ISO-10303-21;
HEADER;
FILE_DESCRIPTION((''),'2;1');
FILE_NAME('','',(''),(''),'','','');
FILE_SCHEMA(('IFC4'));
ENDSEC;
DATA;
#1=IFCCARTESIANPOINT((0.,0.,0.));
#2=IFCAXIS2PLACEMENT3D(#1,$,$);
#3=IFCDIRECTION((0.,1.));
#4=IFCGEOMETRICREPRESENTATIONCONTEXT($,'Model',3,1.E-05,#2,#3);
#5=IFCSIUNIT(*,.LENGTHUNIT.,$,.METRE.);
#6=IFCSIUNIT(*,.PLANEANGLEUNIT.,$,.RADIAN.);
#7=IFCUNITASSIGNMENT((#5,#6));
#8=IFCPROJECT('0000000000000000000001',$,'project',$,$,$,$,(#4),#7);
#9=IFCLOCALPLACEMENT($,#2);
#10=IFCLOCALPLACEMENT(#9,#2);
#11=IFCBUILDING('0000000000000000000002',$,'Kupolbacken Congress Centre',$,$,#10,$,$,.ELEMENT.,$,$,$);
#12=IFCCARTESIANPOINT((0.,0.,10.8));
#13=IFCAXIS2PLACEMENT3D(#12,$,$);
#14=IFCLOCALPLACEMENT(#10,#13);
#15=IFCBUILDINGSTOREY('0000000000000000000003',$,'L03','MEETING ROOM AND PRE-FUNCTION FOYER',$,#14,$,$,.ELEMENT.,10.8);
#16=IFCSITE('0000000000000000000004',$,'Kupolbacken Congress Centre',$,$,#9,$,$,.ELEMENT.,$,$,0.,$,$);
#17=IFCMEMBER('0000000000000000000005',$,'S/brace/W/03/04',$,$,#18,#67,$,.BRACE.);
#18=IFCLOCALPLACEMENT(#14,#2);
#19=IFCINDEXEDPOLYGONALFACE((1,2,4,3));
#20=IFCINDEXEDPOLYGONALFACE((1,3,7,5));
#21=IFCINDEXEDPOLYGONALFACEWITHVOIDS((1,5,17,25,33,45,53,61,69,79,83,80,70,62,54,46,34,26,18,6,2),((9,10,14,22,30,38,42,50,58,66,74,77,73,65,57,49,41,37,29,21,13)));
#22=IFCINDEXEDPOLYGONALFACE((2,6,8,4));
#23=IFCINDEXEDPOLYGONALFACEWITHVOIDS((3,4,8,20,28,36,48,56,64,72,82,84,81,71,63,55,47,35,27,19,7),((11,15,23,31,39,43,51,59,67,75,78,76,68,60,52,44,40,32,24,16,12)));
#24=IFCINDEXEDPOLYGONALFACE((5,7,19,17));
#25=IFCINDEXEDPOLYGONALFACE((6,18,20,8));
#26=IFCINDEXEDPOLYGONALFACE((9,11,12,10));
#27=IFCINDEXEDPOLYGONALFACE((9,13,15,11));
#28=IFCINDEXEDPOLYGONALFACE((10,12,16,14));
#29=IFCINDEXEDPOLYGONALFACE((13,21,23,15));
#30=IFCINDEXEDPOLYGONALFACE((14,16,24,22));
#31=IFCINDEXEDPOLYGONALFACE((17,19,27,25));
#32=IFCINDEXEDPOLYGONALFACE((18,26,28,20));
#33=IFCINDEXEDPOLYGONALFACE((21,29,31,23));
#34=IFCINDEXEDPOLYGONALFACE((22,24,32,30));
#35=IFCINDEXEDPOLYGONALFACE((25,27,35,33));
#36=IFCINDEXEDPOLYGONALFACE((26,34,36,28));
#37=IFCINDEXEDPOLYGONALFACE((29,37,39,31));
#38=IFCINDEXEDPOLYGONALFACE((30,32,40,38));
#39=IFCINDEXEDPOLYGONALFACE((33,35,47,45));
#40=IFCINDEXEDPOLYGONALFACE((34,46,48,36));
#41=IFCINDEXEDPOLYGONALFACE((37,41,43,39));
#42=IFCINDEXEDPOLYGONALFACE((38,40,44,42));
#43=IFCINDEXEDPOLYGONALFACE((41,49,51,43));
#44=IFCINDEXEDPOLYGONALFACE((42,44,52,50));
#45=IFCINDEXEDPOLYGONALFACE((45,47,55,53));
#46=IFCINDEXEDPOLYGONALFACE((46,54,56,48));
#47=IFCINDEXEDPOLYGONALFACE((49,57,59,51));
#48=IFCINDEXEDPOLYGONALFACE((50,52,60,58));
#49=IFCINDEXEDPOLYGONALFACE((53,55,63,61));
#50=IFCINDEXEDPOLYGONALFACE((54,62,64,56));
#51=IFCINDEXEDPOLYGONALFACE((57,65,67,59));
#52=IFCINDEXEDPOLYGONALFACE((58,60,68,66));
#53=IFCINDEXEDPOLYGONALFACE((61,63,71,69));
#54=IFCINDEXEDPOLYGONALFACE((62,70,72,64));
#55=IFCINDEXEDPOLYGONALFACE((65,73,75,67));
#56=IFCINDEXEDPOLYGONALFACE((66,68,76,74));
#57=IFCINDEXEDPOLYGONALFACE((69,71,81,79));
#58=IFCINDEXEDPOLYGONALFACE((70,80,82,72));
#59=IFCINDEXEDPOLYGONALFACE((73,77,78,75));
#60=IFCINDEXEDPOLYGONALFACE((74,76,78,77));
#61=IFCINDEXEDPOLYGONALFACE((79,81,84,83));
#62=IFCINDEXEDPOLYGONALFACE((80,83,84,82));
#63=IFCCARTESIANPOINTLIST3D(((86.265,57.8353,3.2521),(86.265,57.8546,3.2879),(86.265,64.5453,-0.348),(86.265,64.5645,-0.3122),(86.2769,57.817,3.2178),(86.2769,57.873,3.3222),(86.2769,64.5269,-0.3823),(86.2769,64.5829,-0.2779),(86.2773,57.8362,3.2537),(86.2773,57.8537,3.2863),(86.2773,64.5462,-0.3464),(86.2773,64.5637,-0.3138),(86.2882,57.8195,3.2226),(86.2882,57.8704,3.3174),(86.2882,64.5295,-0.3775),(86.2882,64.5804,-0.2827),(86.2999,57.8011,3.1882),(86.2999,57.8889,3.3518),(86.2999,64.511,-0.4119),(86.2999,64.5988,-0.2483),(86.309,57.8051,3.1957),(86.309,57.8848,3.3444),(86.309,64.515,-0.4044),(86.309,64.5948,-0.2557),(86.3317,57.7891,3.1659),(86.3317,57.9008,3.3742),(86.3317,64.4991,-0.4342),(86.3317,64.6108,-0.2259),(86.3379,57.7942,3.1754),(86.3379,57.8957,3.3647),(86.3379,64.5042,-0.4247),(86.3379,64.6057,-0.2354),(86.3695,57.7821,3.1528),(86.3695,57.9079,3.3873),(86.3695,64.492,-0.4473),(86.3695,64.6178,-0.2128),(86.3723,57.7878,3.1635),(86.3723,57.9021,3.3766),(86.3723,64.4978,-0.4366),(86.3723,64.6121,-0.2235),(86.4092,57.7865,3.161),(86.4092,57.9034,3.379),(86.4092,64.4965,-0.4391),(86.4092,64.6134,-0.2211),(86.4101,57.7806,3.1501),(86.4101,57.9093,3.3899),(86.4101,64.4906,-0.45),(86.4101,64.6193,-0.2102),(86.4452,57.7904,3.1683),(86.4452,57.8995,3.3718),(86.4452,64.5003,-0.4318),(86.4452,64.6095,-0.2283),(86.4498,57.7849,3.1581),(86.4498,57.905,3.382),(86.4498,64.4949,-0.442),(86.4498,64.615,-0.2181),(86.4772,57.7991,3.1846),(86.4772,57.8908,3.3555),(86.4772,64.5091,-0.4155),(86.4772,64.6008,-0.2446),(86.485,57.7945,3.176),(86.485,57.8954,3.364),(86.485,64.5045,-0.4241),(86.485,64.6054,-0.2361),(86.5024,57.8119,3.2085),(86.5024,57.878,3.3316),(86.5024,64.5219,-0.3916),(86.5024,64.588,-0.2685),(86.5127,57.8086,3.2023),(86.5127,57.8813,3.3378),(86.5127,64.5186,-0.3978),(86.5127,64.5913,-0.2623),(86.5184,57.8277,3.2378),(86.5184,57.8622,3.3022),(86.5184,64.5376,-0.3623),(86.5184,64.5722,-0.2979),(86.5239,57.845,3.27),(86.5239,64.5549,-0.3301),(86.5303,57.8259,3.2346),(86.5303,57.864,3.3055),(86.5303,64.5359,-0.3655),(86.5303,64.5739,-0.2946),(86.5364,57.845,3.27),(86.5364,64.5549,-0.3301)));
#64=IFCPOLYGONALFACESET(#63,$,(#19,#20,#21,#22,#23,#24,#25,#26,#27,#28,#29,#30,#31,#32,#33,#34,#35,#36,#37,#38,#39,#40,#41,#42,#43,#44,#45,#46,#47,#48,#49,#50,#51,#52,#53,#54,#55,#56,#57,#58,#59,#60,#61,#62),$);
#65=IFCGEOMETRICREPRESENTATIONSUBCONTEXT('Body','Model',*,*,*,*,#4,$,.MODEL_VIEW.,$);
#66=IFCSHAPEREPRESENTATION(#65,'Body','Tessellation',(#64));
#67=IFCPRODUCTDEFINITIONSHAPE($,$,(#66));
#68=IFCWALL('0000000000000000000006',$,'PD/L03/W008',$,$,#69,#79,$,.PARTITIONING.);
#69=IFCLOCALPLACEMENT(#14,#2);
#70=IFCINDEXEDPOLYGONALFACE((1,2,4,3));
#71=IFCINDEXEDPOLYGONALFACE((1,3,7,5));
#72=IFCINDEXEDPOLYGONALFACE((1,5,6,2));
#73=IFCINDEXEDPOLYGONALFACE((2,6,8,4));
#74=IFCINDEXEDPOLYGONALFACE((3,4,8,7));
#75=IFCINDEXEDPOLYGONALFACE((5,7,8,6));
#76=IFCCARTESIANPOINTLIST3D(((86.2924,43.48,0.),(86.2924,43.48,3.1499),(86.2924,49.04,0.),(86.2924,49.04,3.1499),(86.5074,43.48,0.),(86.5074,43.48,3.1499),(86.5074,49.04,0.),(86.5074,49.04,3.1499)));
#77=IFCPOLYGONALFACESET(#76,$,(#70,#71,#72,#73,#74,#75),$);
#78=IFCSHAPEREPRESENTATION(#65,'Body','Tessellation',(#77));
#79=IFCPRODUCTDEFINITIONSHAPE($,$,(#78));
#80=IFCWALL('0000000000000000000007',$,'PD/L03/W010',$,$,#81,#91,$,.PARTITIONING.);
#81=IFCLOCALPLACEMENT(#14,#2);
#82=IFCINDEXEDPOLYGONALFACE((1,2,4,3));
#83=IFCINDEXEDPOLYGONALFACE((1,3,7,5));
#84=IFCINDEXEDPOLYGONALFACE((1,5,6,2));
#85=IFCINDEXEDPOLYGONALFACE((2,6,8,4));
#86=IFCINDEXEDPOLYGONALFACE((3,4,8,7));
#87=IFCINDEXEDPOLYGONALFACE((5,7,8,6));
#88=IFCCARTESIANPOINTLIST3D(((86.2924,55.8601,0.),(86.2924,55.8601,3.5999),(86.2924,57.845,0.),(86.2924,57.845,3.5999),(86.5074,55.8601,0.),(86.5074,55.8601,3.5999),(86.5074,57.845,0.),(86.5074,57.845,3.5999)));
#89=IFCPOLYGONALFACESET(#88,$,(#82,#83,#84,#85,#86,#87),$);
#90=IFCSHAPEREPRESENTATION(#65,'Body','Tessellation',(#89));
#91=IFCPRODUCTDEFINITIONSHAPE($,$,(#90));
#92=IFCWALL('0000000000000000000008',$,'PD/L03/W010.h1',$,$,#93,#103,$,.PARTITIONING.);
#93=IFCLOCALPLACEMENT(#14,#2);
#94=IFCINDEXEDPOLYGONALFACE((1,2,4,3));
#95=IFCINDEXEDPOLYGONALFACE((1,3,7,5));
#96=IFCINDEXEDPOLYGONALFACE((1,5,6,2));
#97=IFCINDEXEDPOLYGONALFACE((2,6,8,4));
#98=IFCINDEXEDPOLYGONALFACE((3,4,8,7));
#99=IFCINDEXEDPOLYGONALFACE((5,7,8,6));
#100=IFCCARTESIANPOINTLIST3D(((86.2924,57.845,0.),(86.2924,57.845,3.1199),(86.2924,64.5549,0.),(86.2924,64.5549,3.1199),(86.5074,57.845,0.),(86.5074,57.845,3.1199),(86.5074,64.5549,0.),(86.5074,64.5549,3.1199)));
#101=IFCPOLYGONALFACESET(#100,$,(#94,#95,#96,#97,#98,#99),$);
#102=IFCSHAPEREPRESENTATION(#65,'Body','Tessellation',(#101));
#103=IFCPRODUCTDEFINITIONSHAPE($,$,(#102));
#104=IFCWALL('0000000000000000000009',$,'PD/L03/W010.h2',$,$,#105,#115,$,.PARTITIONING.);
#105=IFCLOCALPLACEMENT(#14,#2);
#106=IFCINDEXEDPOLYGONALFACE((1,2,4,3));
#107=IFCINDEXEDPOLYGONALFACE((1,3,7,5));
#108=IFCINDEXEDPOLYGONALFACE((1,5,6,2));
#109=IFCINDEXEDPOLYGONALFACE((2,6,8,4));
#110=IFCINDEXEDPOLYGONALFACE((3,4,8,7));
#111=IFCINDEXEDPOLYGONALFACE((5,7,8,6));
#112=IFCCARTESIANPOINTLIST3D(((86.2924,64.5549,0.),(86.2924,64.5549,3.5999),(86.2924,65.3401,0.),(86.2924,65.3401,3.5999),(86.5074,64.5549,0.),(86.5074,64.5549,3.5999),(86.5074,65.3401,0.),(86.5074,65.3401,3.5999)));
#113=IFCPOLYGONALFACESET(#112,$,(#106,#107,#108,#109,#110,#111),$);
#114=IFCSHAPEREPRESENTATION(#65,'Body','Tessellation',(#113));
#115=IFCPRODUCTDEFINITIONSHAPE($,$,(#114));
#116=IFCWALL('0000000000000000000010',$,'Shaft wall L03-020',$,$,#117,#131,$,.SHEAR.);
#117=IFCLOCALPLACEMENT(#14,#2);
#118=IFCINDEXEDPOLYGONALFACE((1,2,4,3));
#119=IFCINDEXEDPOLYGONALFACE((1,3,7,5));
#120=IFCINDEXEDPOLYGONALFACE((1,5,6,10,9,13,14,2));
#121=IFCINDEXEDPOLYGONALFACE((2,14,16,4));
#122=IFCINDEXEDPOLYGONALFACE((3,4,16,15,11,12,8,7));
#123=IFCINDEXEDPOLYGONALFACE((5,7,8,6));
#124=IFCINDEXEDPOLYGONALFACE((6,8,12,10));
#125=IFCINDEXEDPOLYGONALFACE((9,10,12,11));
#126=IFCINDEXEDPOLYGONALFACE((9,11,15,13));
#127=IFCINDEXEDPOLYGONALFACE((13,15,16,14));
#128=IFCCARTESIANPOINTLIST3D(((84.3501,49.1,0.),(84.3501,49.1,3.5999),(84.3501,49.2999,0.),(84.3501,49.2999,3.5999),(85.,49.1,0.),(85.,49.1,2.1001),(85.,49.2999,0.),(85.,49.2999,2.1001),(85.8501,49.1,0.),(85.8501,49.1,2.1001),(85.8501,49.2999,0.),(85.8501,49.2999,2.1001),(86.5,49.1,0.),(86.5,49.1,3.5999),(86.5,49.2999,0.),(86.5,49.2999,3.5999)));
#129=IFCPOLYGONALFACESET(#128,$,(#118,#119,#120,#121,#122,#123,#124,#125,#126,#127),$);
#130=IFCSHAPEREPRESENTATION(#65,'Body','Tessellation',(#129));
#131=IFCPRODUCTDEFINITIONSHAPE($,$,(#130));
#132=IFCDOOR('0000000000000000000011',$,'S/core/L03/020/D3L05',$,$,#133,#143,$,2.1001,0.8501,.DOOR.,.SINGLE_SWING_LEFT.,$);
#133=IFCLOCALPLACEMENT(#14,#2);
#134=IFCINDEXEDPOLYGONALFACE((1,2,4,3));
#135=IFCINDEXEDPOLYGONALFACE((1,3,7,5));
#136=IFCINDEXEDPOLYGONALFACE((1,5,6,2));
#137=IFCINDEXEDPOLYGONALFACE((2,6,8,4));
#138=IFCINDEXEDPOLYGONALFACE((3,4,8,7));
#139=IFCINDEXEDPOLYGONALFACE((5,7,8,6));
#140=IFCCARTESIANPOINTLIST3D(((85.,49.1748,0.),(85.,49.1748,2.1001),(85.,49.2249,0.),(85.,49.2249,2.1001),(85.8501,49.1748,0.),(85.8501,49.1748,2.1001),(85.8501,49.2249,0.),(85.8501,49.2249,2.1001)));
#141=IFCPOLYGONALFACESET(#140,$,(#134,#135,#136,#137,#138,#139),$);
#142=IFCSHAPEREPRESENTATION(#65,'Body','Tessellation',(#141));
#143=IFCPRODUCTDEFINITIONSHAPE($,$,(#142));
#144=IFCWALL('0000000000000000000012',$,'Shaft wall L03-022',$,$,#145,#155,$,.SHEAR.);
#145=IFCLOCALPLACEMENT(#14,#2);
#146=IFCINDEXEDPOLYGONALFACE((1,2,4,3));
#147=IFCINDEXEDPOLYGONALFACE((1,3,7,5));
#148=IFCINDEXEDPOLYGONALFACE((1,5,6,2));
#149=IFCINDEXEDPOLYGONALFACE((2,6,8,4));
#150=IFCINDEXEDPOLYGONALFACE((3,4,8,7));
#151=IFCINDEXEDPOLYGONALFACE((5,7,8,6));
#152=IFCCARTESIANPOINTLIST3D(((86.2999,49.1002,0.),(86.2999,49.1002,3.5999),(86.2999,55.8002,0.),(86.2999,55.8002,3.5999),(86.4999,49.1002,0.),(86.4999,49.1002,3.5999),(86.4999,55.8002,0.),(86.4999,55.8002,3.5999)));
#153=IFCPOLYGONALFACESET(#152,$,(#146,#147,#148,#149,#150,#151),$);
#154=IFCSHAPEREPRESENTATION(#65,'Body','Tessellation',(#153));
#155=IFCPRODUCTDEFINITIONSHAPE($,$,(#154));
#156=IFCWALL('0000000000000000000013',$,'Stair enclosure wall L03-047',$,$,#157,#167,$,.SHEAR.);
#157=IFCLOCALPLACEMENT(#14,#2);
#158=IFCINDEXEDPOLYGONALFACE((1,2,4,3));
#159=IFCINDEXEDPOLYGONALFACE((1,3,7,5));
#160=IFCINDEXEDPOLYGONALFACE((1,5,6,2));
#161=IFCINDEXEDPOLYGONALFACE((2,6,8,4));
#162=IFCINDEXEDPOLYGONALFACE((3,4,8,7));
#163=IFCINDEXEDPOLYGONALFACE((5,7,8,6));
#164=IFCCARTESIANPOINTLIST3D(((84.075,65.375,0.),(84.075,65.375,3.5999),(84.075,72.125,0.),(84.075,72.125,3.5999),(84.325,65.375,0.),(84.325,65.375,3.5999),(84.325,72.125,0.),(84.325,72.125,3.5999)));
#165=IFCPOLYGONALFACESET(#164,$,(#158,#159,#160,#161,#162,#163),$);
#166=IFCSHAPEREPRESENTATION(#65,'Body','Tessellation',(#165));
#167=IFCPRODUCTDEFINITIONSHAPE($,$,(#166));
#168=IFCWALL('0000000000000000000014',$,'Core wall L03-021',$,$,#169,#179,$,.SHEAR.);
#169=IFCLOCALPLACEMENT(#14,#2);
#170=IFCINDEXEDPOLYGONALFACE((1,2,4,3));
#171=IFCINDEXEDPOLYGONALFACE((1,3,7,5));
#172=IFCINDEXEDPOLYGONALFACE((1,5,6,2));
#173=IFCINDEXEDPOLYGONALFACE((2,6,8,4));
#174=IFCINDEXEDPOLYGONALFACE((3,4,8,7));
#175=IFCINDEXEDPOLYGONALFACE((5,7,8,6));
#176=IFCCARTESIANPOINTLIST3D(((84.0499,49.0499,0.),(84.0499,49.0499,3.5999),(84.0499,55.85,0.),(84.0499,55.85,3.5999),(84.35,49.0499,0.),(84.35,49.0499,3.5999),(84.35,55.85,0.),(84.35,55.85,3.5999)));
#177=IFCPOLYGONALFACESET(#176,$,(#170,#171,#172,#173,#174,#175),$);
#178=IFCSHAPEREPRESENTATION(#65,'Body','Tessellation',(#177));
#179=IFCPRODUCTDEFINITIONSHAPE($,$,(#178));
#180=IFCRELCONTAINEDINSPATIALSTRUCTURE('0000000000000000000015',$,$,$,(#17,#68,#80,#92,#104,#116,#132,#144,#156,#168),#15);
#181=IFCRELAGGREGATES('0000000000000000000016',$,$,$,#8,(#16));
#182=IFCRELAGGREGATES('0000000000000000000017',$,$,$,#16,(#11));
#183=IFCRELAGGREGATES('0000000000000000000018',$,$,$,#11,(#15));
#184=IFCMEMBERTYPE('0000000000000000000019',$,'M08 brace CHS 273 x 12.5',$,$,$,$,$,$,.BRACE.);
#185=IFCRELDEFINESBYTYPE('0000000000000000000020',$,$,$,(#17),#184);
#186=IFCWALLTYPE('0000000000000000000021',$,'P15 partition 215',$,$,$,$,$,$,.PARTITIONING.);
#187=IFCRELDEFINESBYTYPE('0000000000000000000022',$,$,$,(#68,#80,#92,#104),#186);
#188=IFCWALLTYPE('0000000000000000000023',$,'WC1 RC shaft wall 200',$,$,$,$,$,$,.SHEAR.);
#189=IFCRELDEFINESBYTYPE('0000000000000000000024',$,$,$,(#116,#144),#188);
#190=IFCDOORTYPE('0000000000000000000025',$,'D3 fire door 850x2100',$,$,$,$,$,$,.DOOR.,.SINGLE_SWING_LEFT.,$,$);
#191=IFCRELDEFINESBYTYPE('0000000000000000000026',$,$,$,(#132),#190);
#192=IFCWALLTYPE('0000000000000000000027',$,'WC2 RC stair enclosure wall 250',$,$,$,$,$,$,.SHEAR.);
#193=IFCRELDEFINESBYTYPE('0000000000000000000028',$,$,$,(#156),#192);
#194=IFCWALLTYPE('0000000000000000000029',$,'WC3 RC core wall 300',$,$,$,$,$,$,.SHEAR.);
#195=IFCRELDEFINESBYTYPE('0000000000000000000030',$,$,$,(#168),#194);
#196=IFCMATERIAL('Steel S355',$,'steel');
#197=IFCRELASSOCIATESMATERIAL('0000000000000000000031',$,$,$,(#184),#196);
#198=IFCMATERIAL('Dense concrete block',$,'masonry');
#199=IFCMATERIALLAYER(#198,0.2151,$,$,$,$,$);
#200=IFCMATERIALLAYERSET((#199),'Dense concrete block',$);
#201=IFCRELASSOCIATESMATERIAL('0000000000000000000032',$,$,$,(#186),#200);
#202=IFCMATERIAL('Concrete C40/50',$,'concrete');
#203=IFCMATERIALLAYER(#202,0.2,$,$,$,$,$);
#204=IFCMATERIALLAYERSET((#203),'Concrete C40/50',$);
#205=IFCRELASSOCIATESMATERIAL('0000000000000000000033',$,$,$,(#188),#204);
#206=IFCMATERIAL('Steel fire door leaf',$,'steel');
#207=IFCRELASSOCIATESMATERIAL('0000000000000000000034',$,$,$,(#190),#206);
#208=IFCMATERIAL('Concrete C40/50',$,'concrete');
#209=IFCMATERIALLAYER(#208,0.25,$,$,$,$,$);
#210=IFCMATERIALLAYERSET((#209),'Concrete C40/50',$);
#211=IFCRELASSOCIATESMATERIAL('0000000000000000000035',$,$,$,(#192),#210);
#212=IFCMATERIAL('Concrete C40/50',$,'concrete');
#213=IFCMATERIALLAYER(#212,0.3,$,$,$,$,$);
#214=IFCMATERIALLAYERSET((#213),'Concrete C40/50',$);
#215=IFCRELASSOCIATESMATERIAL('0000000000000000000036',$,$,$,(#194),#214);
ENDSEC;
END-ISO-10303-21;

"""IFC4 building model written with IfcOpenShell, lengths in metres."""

from ifc_helpers import new_model, si_unit, direction, frame, frame_2d, origin, origin_2d, place, context, subcontext, project, spatial, rectangle, hollow_circle, extrude, material, layer, layer_set, material_profile, profile_set, type_object, element, fill, save


model = new_model("IFC4")

# Units and contexts
model_context = context("Model", 3, precision=1e-05, world=origin(), true_north=direction((0.0, 1.0)))
body_context = subcontext(model_context, "Body", "Model", "MODEL_VIEW")
ifc_project = project(units=[si_unit("LENGTHUNIT", "METRE"), si_unit("PLANEANGLEUNIT", "RADIAN")], contexts=[model_context])

# Site, building, storey
site_placement = place(None, origin())
site = spatial("IfcSite", under=ifc_project, at=site_placement, Name="Kupolbacken Congress Centre", CompositionType="ELEMENT", RefElevation=0.0)
building_placement = place(site_placement, origin())
building = spatial("IfcBuilding", under=site, at=building_placement, Name="Kupolbacken Congress Centre", CompositionType="ELEMENT")
storey_placement = place(building_placement, frame((0.0, 0.0, 10.8)))
storey = spatial("IfcBuildingStorey", under=building, at=storey_placement, Name="L03", Description="MEETING ROOM AND PRE-FUNCTION FOYER", CompositionType="ELEMENT", Elevation=10.8)

# Member
ifc_material_1 = material(Name="Steel S355", Category="steel")
ifc_material_profile_1 = material_profile(ifc_material_1, hollow_circle(Radius=0.1365, WallThickness=0.0125, at=origin_2d()), Name="CHS 273 x 12.5")
ifc_profile_set_1 = profile_set([ifc_material_profile_1], Name="Steel S355")
member_type = type_object("IfcMemberType", Name="M08 brace CHS 273 x 12.5", PredefinedType="BRACE", material=ifc_profile_set_1)
member_placement = place(storey_placement, frame((86.3999, 64.5549, -0.3301), z_axis=(0.0, -0.88118, 0.47278), x_axis=(1.0, 0.0, 0.0)))
element("IfcMember", 1, at=member_placement, inside=storey, type_object=member_type, Name="S/brace/W/03/04", PredefinedType="BRACE", context=body_context, shape_type="SweptSolid", body=[
    extrude(hollow_circle(Radius=0.1365, WallThickness=0.0125, at=origin_2d()), origin(), (0.0, 0.0, 1.0), 7.6147),
])

# Walls
ifc_material_2 = material(Name="Dense concrete block", Category="masonry")
ifc_layer_1 = layer(ifc_material_2, 0.2151)
ifc_layer_set_1 = layer_set([ifc_layer_1], Name="Dense concrete block")
wall_type_1 = type_object("IfcWallType", Name="P15 partition 215", PredefinedType="PARTITIONING", material=ifc_layer_set_1)
wall_1_placement = place(storey_placement, frame((86.3999, 43.48, 0.0), z_axis=(0.0, 0.0, 1.0), x_axis=(0.0, 1.0, 0.0)))
element("IfcWall", 2, at=wall_1_placement, inside=storey, type_object=wall_type_1, Name="PD/L03/W008", PredefinedType="PARTITIONING", context=body_context, shape_type="SweptSolid", body=[
    extrude(rectangle(XDim=5.5601, YDim=0.2151, at=frame_2d((2.78, 0.0))), origin(), (0.0, 0.0, 1.0), 3.1499),
])
wall_2_placement = place(storey_placement, frame((86.3999, 55.8601, 0.0), z_axis=(0.0, 0.0, 1.0), x_axis=(0.0, 1.0, 0.0)))
element("IfcWall", 3, at=wall_2_placement, inside=storey, type_object=wall_type_1, Name="PD/L03/W010", PredefinedType="PARTITIONING", context=body_context, shape_type="SweptSolid", body=[
    extrude(rectangle(XDim=1.9849, YDim=0.2151, at=frame_2d((0.9924, 0.0))), origin(), (0.0, 0.0, 1.0), 3.5999),
])
wall_3_placement = place(storey_placement, frame((86.3999, 57.845, 0.0), z_axis=(0.0, 0.0, 1.0), x_axis=(0.0, 1.0, 0.0)))
element("IfcWall", 4, at=wall_3_placement, inside=storey, type_object=wall_type_1, Name="PD/L03/W010.h1", PredefinedType="PARTITIONING", context=body_context, shape_type="SweptSolid", body=[
    extrude(rectangle(XDim=6.71, YDim=0.2151, at=frame_2d((3.355, 0.0))), origin(), (0.0, 0.0, 1.0), 3.1199),
])
wall_4_placement = place(storey_placement, frame((86.3999, 64.5549, 0.0), z_axis=(0.0, 0.0, 1.0), x_axis=(0.0, 1.0, 0.0)))
element("IfcWall", 5, at=wall_4_placement, inside=storey, type_object=wall_type_1, Name="PD/L03/W010.h2", PredefinedType="PARTITIONING", context=body_context, shape_type="SweptSolid", body=[
    extrude(rectangle(XDim=0.7852, YDim=0.2151, at=frame_2d((0.3926, 0.0))), origin(), (0.0, 0.0, 1.0), 3.5999),
])

# Wall, opening, door
ifc_material_3 = material(Name="Concrete C40/50", Category="concrete")
ifc_layer_2 = layer(ifc_material_3, 0.2)
ifc_layer_set_2 = layer_set([ifc_layer_2], Name="Concrete C40/50")
wall_type_2 = type_object("IfcWallType", Name="WC1 RC shaft wall 200", PredefinedType="SHEAR", material=ifc_layer_set_2)
wall_5_placement = place(storey_placement, frame((84.3501, 49.2, 0.0), z_axis=(0.0, 0.0, 1.0), x_axis=(1.0, 0.0, 0.0)))
wall_5 = element("IfcWall", 6, at=wall_5_placement, inside=storey, type_object=wall_type_2, Name="Shaft wall L03-020", PredefinedType="SHEAR", context=body_context, shape_type="SweptSolid", body=[
    extrude(rectangle(XDim=2.1499, YDim=0.2, at=frame_2d((1.075, 0.0))), origin(), (0.0, 0.0, 1.0), 3.5999),
])
opening_placement = place(wall_5_placement, frame((0.6499, 0.0, 0.0)))
opening = element("IfcOpeningElement", 7, at=opening_placement, cuts=wall_5, PredefinedType="OPENING", context=body_context, shape_type="SweptSolid", body=[
    extrude(rectangle(XDim=0.8501, YDim=2.1001, at=frame_2d((0.425, 1.05))), frame((0.0, 0.1099, 0.0), z_axis=(0.0, -1.0, 0.0), x_axis=(1.0, 0.0, 0.0)), (0.0, 0.0, 1.0), 0.22),
])
ifc_material_4 = material(Name="Steel fire door leaf", Category="steel")
door_type = type_object("IfcDoorType", Name="D3 fire door 850x2100", OperationType="SINGLE_SWING_LEFT", PredefinedType="DOOR", material=ifc_material_4)
door_placement = place(opening_placement, origin())
door = element("IfcDoor", 8, at=door_placement, inside=storey, type_object=door_type, Name="S/core/L03/020/D3L05", OperationType="SINGLE_SWING_LEFT", OverallHeight=2.1001, OverallWidth=0.8501, PredefinedType="DOOR", context=body_context, shape_type="SweptSolid", body=[
    extrude(rectangle(XDim=0.8501, YDim=2.1001, at=frame_2d((0.425, 1.05))), frame((0.0, 0.0249, 0.0), z_axis=(0.0, -1.0, 0.0), x_axis=(1.0, 0.0, 0.0)), (0.0, 0.0, 1.0), 0.05),
])
fill(opening, door)

# Walls
wall_6_placement = place(storey_placement, frame((86.3999, 49.1001, 0.0), z_axis=(0.0, 0.0, 1.0), x_axis=(0.0, 1.0, 0.0)))
element("IfcWall", 9, at=wall_6_placement, inside=storey, type_object=wall_type_2, Name="Shaft wall L03-022", PredefinedType="SHEAR", context=body_context, shape_type="SweptSolid", body=[
    extrude(rectangle(XDim=6.7, YDim=0.2, at=frame_2d((3.3501, 0.0))), origin(), (0.0, 0.0, 1.0), 3.5999),
])
ifc_material_5 = material(Name="Concrete C40/50", Category="concrete")
ifc_layer_3 = layer(ifc_material_5, 0.25)
ifc_layer_set_3 = layer_set([ifc_layer_3], Name="Concrete C40/50")
wall_type_3 = type_object("IfcWallType", Name="WC2 RC stair enclosure wall 250", PredefinedType="SHEAR", material=ifc_layer_set_3)
wall_7_placement = place(storey_placement, frame((84.2, 65.375, 0.0), z_axis=(0.0, 0.0, 1.0), x_axis=(0.0, 1.0, 0.0)))
element("IfcWall", 10, at=wall_7_placement, inside=storey, type_object=wall_type_3, Name="Stair enclosure wall L03-047", PredefinedType="SHEAR", context=body_context, shape_type="SweptSolid", body=[
    extrude(rectangle(XDim=6.75, YDim=0.25, at=frame_2d((3.375, 0.0))), origin(), (0.0, 0.0, 1.0), 3.5999),
])
ifc_material_6 = material(Name="Concrete C40/50", Category="concrete")
ifc_layer_4 = layer(ifc_material_6, 0.3)
ifc_layer_set_4 = layer_set([ifc_layer_4], Name="Concrete C40/50")
wall_type_4 = type_object("IfcWallType", Name="WC3 RC core wall 300", PredefinedType="SHEAR", material=ifc_layer_set_4)
wall_8_placement = place(storey_placement, frame((84.2, 49.05, 0.0), z_axis=(0.0, 0.0, 1.0), x_axis=(0.0, 1.0, 0.0)))
element("IfcWall", 11, at=wall_8_placement, inside=storey, type_object=wall_type_4, Name="Core wall L03-021", PredefinedType="SHEAR", context=body_context, shape_type="SweptSolid", body=[
    extrude(rectangle(XDim=6.8, YDim=0.3, at=frame_2d((3.3999, 0.0))), origin(), (0.0, 0.0, 1.0), 3.5999),
])

save(model, "model.ifc")
